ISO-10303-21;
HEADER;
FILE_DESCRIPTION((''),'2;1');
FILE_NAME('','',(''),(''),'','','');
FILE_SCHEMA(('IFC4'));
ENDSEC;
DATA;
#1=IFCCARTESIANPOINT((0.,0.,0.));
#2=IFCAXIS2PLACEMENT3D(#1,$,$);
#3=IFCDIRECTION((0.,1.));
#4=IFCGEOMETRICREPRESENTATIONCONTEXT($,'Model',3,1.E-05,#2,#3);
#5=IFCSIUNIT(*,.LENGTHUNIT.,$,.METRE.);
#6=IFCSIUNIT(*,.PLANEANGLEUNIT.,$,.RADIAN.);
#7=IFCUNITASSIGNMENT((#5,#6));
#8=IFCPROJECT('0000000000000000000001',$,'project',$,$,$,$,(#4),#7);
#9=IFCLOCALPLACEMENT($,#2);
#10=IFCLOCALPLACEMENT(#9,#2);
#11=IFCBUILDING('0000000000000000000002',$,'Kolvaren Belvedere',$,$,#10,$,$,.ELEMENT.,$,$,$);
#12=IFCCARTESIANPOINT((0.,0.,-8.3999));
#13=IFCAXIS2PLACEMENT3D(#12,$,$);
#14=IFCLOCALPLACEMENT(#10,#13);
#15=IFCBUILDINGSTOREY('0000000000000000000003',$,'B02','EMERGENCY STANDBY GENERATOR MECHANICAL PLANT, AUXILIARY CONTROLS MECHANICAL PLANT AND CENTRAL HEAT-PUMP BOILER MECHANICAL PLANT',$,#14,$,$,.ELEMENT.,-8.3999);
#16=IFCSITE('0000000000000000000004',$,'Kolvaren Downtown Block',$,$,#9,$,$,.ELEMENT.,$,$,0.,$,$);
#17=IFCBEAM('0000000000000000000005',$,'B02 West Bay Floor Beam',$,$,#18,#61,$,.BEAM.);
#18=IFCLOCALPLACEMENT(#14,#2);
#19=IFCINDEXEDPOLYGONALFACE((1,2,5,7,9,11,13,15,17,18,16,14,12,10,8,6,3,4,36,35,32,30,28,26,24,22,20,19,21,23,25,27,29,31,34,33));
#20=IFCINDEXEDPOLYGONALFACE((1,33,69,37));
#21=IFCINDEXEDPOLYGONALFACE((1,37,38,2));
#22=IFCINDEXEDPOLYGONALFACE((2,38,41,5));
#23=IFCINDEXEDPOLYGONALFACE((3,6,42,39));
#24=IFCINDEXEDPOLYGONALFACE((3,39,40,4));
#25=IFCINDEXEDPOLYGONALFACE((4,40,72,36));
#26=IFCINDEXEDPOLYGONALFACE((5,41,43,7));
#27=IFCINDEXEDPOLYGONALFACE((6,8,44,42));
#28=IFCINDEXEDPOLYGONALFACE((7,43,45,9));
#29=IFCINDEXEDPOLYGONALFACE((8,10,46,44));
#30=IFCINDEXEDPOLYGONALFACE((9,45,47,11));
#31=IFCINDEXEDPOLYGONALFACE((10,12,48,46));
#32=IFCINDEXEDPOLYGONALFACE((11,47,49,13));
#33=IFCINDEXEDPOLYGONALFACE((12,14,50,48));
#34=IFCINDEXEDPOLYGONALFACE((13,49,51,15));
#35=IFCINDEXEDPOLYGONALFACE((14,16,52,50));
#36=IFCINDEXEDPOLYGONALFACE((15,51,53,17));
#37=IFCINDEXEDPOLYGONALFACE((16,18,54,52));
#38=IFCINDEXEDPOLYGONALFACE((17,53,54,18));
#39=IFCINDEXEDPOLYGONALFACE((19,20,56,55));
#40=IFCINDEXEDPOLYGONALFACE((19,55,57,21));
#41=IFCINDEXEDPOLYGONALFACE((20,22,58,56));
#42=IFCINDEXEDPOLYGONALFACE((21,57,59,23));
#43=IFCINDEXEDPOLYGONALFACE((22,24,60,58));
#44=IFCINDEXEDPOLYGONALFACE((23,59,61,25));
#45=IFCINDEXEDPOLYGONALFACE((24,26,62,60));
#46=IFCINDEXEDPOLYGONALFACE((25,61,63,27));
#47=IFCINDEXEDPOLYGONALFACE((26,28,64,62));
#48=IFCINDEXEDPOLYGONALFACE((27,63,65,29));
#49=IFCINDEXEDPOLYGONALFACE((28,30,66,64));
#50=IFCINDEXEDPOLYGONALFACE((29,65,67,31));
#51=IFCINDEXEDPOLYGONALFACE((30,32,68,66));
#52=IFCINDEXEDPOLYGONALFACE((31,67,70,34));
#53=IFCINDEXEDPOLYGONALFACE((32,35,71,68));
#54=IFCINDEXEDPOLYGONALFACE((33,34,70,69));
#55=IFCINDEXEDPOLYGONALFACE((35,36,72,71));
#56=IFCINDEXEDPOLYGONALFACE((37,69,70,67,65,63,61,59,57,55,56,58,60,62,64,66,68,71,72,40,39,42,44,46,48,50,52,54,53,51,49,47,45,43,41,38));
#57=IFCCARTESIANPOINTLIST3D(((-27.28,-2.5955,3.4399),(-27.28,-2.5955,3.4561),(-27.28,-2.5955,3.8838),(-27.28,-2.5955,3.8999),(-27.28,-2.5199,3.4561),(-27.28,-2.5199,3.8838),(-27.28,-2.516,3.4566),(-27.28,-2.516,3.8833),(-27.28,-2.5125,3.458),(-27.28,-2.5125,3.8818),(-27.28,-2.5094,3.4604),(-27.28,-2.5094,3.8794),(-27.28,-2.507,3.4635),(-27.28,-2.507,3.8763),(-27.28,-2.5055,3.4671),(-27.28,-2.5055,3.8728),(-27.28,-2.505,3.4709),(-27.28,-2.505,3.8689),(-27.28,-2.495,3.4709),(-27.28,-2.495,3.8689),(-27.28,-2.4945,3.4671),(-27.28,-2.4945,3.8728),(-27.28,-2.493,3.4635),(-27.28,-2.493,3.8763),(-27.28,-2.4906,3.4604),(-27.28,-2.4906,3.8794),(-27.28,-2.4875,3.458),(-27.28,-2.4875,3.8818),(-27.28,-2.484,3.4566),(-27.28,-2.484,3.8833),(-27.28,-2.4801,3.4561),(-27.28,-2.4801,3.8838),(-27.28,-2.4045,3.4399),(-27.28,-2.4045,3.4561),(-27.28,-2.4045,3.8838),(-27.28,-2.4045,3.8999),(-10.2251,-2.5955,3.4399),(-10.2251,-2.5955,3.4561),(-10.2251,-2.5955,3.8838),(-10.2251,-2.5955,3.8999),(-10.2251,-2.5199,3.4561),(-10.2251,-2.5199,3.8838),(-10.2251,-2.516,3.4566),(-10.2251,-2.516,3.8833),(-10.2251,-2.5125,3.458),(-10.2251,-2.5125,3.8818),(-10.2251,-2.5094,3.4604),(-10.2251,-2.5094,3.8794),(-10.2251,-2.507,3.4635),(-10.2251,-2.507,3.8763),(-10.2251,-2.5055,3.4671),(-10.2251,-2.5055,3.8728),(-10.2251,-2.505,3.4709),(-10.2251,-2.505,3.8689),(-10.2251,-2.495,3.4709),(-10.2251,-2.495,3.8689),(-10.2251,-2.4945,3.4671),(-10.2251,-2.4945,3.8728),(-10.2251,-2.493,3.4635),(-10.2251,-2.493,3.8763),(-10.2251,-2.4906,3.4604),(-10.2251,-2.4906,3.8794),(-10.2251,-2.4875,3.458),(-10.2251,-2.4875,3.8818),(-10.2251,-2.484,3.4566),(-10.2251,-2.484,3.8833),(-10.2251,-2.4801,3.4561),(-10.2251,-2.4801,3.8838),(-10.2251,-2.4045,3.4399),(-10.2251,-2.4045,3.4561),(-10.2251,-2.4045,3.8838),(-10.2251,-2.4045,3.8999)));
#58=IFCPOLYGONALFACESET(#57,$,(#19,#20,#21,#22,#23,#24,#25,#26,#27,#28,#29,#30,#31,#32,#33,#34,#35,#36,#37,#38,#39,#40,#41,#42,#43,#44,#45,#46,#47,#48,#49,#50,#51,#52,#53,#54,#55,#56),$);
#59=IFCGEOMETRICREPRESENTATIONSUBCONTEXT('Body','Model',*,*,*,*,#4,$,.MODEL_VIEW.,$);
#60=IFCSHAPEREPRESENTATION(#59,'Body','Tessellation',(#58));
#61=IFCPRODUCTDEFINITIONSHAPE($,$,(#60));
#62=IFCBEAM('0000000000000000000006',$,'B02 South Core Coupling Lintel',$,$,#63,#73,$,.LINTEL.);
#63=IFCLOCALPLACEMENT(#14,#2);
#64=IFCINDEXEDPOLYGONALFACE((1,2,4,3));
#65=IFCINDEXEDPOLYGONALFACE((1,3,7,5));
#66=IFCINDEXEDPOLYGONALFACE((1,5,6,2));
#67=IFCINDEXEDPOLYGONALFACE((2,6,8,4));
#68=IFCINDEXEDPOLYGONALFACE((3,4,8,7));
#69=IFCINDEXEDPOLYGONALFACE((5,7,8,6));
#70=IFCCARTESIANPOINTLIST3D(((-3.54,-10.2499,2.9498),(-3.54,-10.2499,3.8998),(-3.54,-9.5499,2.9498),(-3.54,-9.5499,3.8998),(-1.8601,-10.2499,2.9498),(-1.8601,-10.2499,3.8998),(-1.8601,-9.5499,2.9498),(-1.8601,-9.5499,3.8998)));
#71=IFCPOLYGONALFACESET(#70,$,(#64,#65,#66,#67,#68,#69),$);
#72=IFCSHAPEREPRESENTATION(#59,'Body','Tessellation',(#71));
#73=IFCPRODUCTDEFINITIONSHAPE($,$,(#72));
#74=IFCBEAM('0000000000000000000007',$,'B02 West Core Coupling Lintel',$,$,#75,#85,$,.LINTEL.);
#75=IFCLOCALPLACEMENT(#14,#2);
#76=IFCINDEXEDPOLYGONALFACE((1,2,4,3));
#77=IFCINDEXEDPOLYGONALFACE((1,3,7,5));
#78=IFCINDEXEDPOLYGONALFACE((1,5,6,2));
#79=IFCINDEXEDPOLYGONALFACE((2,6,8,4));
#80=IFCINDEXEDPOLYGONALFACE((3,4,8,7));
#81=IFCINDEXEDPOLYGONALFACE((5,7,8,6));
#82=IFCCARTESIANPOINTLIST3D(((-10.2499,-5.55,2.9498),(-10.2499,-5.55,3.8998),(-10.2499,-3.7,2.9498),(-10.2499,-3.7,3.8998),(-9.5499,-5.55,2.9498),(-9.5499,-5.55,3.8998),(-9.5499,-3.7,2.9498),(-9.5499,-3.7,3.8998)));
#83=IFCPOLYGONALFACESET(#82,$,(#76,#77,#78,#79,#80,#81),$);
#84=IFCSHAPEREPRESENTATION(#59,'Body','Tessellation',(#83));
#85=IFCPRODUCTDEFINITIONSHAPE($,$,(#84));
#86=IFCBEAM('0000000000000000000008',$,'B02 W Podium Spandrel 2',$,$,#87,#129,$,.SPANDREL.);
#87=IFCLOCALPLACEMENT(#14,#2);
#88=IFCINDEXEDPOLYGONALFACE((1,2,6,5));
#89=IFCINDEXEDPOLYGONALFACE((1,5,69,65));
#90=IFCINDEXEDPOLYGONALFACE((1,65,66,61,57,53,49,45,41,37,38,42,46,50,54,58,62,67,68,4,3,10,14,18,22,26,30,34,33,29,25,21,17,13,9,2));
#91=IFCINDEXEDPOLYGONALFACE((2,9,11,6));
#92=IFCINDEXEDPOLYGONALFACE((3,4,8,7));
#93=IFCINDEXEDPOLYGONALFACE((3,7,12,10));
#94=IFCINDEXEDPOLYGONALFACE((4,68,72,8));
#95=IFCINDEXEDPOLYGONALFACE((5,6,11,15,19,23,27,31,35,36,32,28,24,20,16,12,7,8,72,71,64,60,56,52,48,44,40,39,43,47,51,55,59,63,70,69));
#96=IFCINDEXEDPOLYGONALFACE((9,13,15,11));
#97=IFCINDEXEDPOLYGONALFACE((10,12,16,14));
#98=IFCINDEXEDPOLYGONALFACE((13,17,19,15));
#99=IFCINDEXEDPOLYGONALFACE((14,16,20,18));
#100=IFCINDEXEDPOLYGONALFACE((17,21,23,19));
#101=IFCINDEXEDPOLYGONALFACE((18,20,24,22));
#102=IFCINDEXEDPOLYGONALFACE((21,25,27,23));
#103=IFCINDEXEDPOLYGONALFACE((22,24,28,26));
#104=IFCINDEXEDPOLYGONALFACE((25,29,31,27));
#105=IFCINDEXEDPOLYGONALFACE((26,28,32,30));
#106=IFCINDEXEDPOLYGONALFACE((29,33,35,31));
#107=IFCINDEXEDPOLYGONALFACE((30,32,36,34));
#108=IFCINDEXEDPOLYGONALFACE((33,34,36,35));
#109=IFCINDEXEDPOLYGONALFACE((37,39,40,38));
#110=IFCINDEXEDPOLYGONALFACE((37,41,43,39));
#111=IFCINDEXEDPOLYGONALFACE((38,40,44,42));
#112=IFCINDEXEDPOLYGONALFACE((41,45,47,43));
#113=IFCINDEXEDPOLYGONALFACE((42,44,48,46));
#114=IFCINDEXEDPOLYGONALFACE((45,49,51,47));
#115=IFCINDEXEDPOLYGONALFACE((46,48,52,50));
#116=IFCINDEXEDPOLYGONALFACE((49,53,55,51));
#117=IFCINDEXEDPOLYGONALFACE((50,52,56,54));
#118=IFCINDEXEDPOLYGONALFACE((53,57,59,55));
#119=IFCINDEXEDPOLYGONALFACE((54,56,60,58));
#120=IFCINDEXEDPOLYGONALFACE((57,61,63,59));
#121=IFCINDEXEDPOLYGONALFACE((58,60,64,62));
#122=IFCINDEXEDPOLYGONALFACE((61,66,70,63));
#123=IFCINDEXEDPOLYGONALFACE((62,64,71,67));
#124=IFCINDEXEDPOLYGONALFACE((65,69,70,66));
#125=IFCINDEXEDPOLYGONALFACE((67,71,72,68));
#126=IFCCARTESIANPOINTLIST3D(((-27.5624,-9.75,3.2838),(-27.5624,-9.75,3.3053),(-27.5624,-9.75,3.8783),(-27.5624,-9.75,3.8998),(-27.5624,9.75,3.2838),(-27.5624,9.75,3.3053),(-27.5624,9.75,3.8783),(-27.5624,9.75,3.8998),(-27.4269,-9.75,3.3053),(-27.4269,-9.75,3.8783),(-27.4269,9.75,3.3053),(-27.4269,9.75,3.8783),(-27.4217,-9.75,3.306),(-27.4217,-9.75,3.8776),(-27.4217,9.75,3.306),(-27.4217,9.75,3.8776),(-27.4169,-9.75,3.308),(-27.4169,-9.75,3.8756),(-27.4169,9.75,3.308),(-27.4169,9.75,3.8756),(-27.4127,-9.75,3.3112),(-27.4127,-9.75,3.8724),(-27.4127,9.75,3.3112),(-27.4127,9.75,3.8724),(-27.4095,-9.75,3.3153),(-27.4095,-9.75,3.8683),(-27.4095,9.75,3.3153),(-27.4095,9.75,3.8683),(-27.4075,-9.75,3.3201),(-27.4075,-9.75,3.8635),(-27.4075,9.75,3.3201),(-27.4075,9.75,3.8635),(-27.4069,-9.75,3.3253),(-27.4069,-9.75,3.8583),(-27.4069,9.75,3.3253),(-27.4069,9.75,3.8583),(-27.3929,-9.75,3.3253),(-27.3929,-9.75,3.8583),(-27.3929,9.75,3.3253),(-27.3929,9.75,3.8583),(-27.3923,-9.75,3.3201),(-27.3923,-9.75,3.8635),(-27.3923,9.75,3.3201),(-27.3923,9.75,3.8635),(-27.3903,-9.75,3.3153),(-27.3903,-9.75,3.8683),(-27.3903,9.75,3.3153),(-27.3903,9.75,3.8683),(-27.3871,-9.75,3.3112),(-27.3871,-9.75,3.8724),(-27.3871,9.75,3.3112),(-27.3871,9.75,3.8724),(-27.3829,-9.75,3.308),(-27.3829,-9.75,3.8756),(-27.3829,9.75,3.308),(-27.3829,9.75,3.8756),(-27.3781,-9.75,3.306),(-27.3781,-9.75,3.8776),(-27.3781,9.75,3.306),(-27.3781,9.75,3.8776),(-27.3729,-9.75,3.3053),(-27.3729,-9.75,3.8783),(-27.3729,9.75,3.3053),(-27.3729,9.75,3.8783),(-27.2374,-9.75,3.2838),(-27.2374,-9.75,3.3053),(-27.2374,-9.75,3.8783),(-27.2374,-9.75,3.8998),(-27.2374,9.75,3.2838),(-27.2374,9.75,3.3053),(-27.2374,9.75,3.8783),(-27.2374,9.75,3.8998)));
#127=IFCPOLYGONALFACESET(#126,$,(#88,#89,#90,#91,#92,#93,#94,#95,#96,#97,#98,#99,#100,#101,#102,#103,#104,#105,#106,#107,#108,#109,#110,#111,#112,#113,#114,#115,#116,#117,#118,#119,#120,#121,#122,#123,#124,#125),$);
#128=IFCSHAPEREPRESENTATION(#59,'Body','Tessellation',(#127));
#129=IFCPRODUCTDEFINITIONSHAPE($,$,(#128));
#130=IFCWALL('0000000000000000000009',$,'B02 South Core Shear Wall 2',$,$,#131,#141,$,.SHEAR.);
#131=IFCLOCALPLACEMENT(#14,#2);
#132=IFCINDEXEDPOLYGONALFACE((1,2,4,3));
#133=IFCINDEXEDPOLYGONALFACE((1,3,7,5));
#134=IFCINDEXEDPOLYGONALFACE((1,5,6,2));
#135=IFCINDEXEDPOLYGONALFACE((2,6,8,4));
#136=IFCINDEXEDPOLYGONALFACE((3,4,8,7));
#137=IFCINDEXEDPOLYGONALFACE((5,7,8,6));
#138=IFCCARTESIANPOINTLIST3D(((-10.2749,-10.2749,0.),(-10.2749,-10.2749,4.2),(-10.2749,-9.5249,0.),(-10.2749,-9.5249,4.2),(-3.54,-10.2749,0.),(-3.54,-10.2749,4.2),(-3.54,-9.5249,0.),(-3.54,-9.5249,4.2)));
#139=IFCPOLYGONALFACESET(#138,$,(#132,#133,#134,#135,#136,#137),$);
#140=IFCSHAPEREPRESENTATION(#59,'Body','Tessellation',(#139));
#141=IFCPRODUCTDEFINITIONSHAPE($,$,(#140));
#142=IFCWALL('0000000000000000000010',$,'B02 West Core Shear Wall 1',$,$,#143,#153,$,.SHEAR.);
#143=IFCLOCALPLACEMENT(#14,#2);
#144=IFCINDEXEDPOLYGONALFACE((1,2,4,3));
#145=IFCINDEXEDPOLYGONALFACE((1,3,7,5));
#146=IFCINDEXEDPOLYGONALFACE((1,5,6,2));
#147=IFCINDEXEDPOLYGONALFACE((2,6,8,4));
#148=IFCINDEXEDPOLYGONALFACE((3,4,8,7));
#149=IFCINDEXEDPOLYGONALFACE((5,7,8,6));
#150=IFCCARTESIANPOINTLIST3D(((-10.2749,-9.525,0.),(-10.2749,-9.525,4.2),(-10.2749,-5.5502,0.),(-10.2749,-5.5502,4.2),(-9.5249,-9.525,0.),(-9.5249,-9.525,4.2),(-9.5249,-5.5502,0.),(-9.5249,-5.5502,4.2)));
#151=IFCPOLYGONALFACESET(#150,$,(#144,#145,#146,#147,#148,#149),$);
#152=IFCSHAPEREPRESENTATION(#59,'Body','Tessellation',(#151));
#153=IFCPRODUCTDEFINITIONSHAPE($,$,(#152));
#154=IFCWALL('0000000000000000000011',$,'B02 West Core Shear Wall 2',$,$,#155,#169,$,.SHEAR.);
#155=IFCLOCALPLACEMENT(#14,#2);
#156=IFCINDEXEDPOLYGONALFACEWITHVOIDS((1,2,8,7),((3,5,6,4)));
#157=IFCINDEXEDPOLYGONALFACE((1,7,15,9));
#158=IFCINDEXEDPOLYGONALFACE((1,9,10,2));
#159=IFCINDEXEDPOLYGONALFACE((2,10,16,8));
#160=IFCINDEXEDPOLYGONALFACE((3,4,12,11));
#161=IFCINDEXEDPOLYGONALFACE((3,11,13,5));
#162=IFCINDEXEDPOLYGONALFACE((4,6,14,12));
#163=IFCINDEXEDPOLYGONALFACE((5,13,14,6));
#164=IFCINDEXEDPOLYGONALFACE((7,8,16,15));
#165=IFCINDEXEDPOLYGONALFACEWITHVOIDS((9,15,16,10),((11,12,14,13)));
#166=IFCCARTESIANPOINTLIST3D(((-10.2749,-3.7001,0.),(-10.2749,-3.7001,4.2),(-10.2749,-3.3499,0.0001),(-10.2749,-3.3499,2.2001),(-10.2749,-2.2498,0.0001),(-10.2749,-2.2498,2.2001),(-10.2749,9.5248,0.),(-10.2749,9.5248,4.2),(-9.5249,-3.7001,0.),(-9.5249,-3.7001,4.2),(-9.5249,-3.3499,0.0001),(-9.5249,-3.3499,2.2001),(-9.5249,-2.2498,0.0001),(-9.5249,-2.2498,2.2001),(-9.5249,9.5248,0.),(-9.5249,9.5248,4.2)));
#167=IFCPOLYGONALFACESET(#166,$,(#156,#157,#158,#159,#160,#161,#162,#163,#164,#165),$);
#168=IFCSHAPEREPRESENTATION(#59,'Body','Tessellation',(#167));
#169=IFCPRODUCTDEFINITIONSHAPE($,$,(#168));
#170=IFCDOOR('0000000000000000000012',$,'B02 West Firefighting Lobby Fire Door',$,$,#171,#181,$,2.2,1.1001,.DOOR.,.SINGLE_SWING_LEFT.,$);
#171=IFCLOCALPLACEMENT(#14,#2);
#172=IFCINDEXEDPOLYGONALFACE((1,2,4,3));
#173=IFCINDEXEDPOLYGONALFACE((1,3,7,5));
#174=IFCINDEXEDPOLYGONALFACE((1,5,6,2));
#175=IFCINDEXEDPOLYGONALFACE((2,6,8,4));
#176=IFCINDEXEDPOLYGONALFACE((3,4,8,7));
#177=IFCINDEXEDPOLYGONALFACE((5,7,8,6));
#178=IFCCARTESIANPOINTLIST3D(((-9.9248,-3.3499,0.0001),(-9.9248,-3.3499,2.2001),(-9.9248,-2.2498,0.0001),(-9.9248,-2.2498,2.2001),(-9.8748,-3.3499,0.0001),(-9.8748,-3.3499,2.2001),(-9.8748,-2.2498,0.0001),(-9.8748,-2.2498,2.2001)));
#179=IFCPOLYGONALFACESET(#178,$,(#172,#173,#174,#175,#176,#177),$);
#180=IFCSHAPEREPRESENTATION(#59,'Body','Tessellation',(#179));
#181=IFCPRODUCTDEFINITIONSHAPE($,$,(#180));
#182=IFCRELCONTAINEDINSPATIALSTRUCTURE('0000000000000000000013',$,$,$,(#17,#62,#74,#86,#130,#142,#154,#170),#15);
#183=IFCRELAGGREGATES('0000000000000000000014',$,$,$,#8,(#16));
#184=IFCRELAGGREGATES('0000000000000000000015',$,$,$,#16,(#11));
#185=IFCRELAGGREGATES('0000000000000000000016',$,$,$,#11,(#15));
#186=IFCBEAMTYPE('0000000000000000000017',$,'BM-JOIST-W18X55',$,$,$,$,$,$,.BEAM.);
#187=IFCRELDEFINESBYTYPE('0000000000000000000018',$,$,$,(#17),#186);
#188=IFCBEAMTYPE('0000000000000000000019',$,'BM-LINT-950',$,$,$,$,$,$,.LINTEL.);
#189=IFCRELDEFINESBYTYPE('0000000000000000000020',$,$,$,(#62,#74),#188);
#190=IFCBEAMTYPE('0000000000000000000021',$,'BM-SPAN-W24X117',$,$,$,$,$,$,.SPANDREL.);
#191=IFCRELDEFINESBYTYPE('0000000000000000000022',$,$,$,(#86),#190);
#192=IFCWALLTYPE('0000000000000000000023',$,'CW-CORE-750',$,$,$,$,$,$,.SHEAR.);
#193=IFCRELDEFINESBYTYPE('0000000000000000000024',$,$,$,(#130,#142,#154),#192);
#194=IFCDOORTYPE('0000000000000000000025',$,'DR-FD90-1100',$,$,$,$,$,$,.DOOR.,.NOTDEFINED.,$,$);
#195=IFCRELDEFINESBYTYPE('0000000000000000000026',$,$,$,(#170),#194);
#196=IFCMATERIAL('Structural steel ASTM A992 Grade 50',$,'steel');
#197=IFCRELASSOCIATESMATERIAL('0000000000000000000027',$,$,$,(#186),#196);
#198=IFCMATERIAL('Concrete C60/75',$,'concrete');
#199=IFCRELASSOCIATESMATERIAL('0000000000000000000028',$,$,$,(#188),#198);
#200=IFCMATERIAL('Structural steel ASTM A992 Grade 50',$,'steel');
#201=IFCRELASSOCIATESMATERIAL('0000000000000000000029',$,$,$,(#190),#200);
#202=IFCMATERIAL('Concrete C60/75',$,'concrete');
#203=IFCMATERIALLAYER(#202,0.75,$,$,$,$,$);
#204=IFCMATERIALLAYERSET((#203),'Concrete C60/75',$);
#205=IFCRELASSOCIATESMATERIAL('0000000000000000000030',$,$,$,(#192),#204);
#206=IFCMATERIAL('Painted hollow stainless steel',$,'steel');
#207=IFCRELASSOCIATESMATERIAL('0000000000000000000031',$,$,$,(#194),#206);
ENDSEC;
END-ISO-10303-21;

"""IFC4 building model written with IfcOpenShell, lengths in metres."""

from ifc_helpers import new_model, si_unit, direction, frame, frame_2d, origin, origin_2d, place, context, subcontext, project, spatial, rectangle, i_section, extrude, material, layer, layer_set, material_profile, profile_set, type_object, element, fill, save


model = new_model("IFC4")

# Units and contexts
model_context = context("Model", 3, precision=1e-05, world=origin(), true_north=direction((0.0, 1.0)))
body_context = subcontext(model_context, "Body", "Model", "MODEL_VIEW")
ifc_project = project(units=[si_unit("LENGTHUNIT", "METRE"), si_unit("PLANEANGLEUNIT", "RADIAN")], contexts=[model_context])

# Site, building, storey
site_placement = place(None, origin())
site = spatial("IfcSite", under=ifc_project, at=site_placement, Name="Kolvaren Downtown Block", CompositionType="ELEMENT", RefElevation=0.0)
building_placement = place(site_placement, origin())
building = spatial("IfcBuilding", under=site, at=building_placement, Name="Kolvaren Belvedere", CompositionType="ELEMENT")
storey_placement = place(building_placement, frame((0.0, 0.0, -8.3999)))
storey = spatial("IfcBuildingStorey", under=building, at=storey_placement, Name="B02", Description="EMERGENCY STANDBY GENERATOR MECHANICAL PLANT, AUXILIARY CONTROLS MECHANICAL PLANT AND CENTRAL HEAT-PUMP BOILER MECHANICAL PLANT", CompositionType="ELEMENT", Elevation=-8.3999)

# Beams
ifc_material_1 = material(Name="Structural steel ASTM A992 Grade 50", Category="steel")
ifc_material_profile_1 = material_profile(ifc_material_1, i_section(OverallWidth=0.1909, OverallDepth=0.46, WebThickness=0.01, FlangeThickness=0.0161, FilletRadius=0.0149, at=origin_2d()), Name="W18X55")
ifc_profile_set_1 = profile_set([ifc_material_profile_1], Name="Structural steel ASTM A992 Grade 50")
beam_type_1 = type_object("IfcBeamType", Name="BM-JOIST-W18X55", PredefinedType="BEAM", material=ifc_profile_set_1)
beam_1_placement = place(storey_placement, frame((-27.28, -2.5, 3.6699), z_axis=(1.0, 0.0, 0.0), x_axis=(0.0, 1.0, 0.0)))
element("IfcBeam", 1, at=beam_1_placement, inside=storey, type_object=beam_type_1, Name="B02 West Bay Floor Beam", PredefinedType="BEAM", context=body_context, shape_type="SweptSolid", body=[
    extrude(i_section(OverallWidth=0.1909, OverallDepth=0.46, WebThickness=0.01, FlangeThickness=0.0161, FilletRadius=0.0149, at=origin_2d()), origin(), (0.0, 0.0, 1.0), 17.0549),
])
ifc_material_2 = material(Name="Concrete C60/75", Category="concrete")
ifc_material_profile_2 = material_profile(ifc_material_2, rectangle(XDim=0.7, YDim=0.95, at=origin_2d()), Name="RC 700X950")
ifc_profile_set_2 = profile_set([ifc_material_profile_2], Name="Concrete C60/75")
beam_type_2 = type_object("IfcBeamType", Name="BM-LINT-950", PredefinedType="LINTEL", material=ifc_profile_set_2)
beam_2_placement = place(storey_placement, frame((-3.54, -9.8999, 3.4248), z_axis=(1.0, 0.0, 0.0), x_axis=(0.0, 1.0, 0.0)))
element("IfcBeam", 2, at=beam_2_placement, inside=storey, type_object=beam_type_2, Name="B02 South Core Coupling Lintel", PredefinedType="LINTEL", context=body_context, shape_type="SweptSolid", body=[
    extrude(rectangle(XDim=0.7, YDim=0.95, at=origin_2d()), origin(), (0.0, 0.0, 1.0), 1.6799),
])
beam_3_placement = place(storey_placement, frame((-9.8999, -5.55, 3.4248), z_axis=(0.0, 1.0, 0.0), x_axis=(-1.0, 0.0, 0.0)))
element("IfcBeam", 3, at=beam_3_placement, inside=storey, type_object=beam_type_2, Name="B02 West Core Coupling Lintel", PredefinedType="LINTEL", context=body_context, shape_type="SweptSolid", body=[
    extrude(rectangle(XDim=0.7, YDim=0.95, at=origin_2d()), origin(), (0.0, 0.0, 1.0), 1.8501),
])
ifc_material_3 = material(Name="Structural steel ASTM A992 Grade 50", Category="steel")
ifc_material_profile_3 = material_profile(ifc_material_3, i_section(OverallWidth=0.325, OverallDepth=0.616, WebThickness=0.0139, FlangeThickness=0.0215, FilletRadius=0.02, at=origin_2d()), Name="W24X117")
ifc_profile_set_3 = profile_set([ifc_material_profile_3], Name="Structural steel ASTM A992 Grade 50")
beam_type_3 = type_object("IfcBeamType", Name="BM-SPAN-W24X117", PredefinedType="SPANDREL", material=ifc_profile_set_3)
beam_4_placement = place(storey_placement, frame((-27.3999, -9.75, 3.5918), z_axis=(0.0, 1.0, 0.0), x_axis=(-1.0, 0.0, 0.0)))
element("IfcBeam", 4, at=beam_4_placement, inside=storey, type_object=beam_type_3, Name="B02 W Podium Spandrel 2", PredefinedType="SPANDREL", context=body_context, shape_type="SweptSolid", body=[
    extrude(i_section(OverallWidth=0.325, OverallDepth=0.616, WebThickness=0.0139, FlangeThickness=0.0215, FilletRadius=0.02, at=origin_2d()), origin(), (0.0, 0.0, 1.0), 19.5),
])

# Walls
ifc_material_4 = material(Name="Concrete C60/75", Category="concrete")
ifc_layer_1 = layer(ifc_material_4, 0.75)
ifc_layer_set_1 = layer_set([ifc_layer_1], Name="Concrete C60/75")
wall_type_1 = type_object("IfcWallType", Name="CW-CORE-750", PredefinedType="SHEAR", material=ifc_layer_set_1)
wall_1_placement = place(storey_placement, frame((-3.54, -9.8999, 0.0), z_axis=(0.0, 0.0, 1.0), x_axis=(-1.0, 0.0, 0.0)))
element("IfcWall", 5, at=wall_1_placement, inside=storey, type_object=wall_type_1, Name="B02 South Core Shear Wall 2", PredefinedType="SHEAR", context=body_context, shape_type="SweptSolid", body=[
    extrude(rectangle(XDim=6.7349, YDim=0.75, at=frame_2d((3.3674, 0.0))), origin(), (0.0, 0.0, 1.0), 4.2),
])
wall_2_placement = place(storey_placement, frame((-9.8999, -9.5249, 0.0), z_axis=(0.0, 0.0, 1.0), x_axis=(0.0, 1.0, 0.0)))
element("IfcWall", 6, at=wall_2_placement, inside=storey, type_object=wall_type_1, Name="B02 West Core Shear Wall 1", PredefinedType="SHEAR", context=body_context, shape_type="SweptSolid", body=[
    extrude(rectangle(XDim=3.9749, YDim=0.75, at=frame_2d((1.9873, 0.0))), origin(), (0.0, 0.0, 1.0), 4.2),
])

# Wall, opening, door
wall_3_placement = place(storey_placement, frame((-9.8999, -3.7, 0.0), z_axis=(0.0, 0.0, 1.0), x_axis=(0.0, 1.0, 0.0)))
wall_3 = element("IfcWall", 7, at=wall_3_placement, inside=storey, type_object=wall_type_1, Name="B02 West Core Shear Wall 2", PredefinedType="SHEAR", context=body_context, shape_type="SweptSolid", body=[
    extrude(rectangle(XDim=13.2249, YDim=0.75, at=frame_2d((6.6123, 0.0))), origin(), (0.0, 0.0, 1.0), 4.2),
])
opening_1_placement = place(wall_3_placement, frame((0.3501, 0.0, 0.0)))
opening_1 = element("IfcOpeningElement", 8, at=opening_1_placement, cuts=wall_3, PredefinedType="OPENING", context=body_context, shape_type="SweptSolid", body=[
    extrude(rectangle(XDim=1.1001, YDim=2.2, at=frame_2d((0.55, 1.1001))), frame((0.0, 0.385, 0.0), z_axis=(0.0, -1.0, 0.0), x_axis=(1.0, 0.0, 0.0)), (0.0, 0.0, 1.0), 0.77),
])
ifc_material_5 = material(Name="Painted hollow stainless steel", Category="steel")
door_type_1 = type_object("IfcDoorType", Name="DR-FD90-1100", OperationType="NOTDEFINED", PredefinedType="DOOR", material=ifc_material_5)
door_1_placement = place(opening_1_placement, origin())
door_1 = element("IfcDoor", 9, at=door_1_placement, inside=storey, type_object=door_type_1, Name="B02 West Firefighting Lobby Fire Door", OperationType="SINGLE_SWING_LEFT", OverallHeight=2.2, OverallWidth=1.1001, PredefinedType="DOOR", context=body_context, shape_type="SweptSolid", body=[
    extrude(rectangle(XDim=1.1001, YDim=2.2, at=frame_2d((0.55, 1.1001))), frame((0.0, 0.0249, 0.0), z_axis=(0.0, -1.0, 0.0), x_axis=(1.0, 0.0, 0.0)), (0.0, 0.0, 1.0), 0.05),
])
fill(opening_1, door_1)

save(model, "model.ifc")
